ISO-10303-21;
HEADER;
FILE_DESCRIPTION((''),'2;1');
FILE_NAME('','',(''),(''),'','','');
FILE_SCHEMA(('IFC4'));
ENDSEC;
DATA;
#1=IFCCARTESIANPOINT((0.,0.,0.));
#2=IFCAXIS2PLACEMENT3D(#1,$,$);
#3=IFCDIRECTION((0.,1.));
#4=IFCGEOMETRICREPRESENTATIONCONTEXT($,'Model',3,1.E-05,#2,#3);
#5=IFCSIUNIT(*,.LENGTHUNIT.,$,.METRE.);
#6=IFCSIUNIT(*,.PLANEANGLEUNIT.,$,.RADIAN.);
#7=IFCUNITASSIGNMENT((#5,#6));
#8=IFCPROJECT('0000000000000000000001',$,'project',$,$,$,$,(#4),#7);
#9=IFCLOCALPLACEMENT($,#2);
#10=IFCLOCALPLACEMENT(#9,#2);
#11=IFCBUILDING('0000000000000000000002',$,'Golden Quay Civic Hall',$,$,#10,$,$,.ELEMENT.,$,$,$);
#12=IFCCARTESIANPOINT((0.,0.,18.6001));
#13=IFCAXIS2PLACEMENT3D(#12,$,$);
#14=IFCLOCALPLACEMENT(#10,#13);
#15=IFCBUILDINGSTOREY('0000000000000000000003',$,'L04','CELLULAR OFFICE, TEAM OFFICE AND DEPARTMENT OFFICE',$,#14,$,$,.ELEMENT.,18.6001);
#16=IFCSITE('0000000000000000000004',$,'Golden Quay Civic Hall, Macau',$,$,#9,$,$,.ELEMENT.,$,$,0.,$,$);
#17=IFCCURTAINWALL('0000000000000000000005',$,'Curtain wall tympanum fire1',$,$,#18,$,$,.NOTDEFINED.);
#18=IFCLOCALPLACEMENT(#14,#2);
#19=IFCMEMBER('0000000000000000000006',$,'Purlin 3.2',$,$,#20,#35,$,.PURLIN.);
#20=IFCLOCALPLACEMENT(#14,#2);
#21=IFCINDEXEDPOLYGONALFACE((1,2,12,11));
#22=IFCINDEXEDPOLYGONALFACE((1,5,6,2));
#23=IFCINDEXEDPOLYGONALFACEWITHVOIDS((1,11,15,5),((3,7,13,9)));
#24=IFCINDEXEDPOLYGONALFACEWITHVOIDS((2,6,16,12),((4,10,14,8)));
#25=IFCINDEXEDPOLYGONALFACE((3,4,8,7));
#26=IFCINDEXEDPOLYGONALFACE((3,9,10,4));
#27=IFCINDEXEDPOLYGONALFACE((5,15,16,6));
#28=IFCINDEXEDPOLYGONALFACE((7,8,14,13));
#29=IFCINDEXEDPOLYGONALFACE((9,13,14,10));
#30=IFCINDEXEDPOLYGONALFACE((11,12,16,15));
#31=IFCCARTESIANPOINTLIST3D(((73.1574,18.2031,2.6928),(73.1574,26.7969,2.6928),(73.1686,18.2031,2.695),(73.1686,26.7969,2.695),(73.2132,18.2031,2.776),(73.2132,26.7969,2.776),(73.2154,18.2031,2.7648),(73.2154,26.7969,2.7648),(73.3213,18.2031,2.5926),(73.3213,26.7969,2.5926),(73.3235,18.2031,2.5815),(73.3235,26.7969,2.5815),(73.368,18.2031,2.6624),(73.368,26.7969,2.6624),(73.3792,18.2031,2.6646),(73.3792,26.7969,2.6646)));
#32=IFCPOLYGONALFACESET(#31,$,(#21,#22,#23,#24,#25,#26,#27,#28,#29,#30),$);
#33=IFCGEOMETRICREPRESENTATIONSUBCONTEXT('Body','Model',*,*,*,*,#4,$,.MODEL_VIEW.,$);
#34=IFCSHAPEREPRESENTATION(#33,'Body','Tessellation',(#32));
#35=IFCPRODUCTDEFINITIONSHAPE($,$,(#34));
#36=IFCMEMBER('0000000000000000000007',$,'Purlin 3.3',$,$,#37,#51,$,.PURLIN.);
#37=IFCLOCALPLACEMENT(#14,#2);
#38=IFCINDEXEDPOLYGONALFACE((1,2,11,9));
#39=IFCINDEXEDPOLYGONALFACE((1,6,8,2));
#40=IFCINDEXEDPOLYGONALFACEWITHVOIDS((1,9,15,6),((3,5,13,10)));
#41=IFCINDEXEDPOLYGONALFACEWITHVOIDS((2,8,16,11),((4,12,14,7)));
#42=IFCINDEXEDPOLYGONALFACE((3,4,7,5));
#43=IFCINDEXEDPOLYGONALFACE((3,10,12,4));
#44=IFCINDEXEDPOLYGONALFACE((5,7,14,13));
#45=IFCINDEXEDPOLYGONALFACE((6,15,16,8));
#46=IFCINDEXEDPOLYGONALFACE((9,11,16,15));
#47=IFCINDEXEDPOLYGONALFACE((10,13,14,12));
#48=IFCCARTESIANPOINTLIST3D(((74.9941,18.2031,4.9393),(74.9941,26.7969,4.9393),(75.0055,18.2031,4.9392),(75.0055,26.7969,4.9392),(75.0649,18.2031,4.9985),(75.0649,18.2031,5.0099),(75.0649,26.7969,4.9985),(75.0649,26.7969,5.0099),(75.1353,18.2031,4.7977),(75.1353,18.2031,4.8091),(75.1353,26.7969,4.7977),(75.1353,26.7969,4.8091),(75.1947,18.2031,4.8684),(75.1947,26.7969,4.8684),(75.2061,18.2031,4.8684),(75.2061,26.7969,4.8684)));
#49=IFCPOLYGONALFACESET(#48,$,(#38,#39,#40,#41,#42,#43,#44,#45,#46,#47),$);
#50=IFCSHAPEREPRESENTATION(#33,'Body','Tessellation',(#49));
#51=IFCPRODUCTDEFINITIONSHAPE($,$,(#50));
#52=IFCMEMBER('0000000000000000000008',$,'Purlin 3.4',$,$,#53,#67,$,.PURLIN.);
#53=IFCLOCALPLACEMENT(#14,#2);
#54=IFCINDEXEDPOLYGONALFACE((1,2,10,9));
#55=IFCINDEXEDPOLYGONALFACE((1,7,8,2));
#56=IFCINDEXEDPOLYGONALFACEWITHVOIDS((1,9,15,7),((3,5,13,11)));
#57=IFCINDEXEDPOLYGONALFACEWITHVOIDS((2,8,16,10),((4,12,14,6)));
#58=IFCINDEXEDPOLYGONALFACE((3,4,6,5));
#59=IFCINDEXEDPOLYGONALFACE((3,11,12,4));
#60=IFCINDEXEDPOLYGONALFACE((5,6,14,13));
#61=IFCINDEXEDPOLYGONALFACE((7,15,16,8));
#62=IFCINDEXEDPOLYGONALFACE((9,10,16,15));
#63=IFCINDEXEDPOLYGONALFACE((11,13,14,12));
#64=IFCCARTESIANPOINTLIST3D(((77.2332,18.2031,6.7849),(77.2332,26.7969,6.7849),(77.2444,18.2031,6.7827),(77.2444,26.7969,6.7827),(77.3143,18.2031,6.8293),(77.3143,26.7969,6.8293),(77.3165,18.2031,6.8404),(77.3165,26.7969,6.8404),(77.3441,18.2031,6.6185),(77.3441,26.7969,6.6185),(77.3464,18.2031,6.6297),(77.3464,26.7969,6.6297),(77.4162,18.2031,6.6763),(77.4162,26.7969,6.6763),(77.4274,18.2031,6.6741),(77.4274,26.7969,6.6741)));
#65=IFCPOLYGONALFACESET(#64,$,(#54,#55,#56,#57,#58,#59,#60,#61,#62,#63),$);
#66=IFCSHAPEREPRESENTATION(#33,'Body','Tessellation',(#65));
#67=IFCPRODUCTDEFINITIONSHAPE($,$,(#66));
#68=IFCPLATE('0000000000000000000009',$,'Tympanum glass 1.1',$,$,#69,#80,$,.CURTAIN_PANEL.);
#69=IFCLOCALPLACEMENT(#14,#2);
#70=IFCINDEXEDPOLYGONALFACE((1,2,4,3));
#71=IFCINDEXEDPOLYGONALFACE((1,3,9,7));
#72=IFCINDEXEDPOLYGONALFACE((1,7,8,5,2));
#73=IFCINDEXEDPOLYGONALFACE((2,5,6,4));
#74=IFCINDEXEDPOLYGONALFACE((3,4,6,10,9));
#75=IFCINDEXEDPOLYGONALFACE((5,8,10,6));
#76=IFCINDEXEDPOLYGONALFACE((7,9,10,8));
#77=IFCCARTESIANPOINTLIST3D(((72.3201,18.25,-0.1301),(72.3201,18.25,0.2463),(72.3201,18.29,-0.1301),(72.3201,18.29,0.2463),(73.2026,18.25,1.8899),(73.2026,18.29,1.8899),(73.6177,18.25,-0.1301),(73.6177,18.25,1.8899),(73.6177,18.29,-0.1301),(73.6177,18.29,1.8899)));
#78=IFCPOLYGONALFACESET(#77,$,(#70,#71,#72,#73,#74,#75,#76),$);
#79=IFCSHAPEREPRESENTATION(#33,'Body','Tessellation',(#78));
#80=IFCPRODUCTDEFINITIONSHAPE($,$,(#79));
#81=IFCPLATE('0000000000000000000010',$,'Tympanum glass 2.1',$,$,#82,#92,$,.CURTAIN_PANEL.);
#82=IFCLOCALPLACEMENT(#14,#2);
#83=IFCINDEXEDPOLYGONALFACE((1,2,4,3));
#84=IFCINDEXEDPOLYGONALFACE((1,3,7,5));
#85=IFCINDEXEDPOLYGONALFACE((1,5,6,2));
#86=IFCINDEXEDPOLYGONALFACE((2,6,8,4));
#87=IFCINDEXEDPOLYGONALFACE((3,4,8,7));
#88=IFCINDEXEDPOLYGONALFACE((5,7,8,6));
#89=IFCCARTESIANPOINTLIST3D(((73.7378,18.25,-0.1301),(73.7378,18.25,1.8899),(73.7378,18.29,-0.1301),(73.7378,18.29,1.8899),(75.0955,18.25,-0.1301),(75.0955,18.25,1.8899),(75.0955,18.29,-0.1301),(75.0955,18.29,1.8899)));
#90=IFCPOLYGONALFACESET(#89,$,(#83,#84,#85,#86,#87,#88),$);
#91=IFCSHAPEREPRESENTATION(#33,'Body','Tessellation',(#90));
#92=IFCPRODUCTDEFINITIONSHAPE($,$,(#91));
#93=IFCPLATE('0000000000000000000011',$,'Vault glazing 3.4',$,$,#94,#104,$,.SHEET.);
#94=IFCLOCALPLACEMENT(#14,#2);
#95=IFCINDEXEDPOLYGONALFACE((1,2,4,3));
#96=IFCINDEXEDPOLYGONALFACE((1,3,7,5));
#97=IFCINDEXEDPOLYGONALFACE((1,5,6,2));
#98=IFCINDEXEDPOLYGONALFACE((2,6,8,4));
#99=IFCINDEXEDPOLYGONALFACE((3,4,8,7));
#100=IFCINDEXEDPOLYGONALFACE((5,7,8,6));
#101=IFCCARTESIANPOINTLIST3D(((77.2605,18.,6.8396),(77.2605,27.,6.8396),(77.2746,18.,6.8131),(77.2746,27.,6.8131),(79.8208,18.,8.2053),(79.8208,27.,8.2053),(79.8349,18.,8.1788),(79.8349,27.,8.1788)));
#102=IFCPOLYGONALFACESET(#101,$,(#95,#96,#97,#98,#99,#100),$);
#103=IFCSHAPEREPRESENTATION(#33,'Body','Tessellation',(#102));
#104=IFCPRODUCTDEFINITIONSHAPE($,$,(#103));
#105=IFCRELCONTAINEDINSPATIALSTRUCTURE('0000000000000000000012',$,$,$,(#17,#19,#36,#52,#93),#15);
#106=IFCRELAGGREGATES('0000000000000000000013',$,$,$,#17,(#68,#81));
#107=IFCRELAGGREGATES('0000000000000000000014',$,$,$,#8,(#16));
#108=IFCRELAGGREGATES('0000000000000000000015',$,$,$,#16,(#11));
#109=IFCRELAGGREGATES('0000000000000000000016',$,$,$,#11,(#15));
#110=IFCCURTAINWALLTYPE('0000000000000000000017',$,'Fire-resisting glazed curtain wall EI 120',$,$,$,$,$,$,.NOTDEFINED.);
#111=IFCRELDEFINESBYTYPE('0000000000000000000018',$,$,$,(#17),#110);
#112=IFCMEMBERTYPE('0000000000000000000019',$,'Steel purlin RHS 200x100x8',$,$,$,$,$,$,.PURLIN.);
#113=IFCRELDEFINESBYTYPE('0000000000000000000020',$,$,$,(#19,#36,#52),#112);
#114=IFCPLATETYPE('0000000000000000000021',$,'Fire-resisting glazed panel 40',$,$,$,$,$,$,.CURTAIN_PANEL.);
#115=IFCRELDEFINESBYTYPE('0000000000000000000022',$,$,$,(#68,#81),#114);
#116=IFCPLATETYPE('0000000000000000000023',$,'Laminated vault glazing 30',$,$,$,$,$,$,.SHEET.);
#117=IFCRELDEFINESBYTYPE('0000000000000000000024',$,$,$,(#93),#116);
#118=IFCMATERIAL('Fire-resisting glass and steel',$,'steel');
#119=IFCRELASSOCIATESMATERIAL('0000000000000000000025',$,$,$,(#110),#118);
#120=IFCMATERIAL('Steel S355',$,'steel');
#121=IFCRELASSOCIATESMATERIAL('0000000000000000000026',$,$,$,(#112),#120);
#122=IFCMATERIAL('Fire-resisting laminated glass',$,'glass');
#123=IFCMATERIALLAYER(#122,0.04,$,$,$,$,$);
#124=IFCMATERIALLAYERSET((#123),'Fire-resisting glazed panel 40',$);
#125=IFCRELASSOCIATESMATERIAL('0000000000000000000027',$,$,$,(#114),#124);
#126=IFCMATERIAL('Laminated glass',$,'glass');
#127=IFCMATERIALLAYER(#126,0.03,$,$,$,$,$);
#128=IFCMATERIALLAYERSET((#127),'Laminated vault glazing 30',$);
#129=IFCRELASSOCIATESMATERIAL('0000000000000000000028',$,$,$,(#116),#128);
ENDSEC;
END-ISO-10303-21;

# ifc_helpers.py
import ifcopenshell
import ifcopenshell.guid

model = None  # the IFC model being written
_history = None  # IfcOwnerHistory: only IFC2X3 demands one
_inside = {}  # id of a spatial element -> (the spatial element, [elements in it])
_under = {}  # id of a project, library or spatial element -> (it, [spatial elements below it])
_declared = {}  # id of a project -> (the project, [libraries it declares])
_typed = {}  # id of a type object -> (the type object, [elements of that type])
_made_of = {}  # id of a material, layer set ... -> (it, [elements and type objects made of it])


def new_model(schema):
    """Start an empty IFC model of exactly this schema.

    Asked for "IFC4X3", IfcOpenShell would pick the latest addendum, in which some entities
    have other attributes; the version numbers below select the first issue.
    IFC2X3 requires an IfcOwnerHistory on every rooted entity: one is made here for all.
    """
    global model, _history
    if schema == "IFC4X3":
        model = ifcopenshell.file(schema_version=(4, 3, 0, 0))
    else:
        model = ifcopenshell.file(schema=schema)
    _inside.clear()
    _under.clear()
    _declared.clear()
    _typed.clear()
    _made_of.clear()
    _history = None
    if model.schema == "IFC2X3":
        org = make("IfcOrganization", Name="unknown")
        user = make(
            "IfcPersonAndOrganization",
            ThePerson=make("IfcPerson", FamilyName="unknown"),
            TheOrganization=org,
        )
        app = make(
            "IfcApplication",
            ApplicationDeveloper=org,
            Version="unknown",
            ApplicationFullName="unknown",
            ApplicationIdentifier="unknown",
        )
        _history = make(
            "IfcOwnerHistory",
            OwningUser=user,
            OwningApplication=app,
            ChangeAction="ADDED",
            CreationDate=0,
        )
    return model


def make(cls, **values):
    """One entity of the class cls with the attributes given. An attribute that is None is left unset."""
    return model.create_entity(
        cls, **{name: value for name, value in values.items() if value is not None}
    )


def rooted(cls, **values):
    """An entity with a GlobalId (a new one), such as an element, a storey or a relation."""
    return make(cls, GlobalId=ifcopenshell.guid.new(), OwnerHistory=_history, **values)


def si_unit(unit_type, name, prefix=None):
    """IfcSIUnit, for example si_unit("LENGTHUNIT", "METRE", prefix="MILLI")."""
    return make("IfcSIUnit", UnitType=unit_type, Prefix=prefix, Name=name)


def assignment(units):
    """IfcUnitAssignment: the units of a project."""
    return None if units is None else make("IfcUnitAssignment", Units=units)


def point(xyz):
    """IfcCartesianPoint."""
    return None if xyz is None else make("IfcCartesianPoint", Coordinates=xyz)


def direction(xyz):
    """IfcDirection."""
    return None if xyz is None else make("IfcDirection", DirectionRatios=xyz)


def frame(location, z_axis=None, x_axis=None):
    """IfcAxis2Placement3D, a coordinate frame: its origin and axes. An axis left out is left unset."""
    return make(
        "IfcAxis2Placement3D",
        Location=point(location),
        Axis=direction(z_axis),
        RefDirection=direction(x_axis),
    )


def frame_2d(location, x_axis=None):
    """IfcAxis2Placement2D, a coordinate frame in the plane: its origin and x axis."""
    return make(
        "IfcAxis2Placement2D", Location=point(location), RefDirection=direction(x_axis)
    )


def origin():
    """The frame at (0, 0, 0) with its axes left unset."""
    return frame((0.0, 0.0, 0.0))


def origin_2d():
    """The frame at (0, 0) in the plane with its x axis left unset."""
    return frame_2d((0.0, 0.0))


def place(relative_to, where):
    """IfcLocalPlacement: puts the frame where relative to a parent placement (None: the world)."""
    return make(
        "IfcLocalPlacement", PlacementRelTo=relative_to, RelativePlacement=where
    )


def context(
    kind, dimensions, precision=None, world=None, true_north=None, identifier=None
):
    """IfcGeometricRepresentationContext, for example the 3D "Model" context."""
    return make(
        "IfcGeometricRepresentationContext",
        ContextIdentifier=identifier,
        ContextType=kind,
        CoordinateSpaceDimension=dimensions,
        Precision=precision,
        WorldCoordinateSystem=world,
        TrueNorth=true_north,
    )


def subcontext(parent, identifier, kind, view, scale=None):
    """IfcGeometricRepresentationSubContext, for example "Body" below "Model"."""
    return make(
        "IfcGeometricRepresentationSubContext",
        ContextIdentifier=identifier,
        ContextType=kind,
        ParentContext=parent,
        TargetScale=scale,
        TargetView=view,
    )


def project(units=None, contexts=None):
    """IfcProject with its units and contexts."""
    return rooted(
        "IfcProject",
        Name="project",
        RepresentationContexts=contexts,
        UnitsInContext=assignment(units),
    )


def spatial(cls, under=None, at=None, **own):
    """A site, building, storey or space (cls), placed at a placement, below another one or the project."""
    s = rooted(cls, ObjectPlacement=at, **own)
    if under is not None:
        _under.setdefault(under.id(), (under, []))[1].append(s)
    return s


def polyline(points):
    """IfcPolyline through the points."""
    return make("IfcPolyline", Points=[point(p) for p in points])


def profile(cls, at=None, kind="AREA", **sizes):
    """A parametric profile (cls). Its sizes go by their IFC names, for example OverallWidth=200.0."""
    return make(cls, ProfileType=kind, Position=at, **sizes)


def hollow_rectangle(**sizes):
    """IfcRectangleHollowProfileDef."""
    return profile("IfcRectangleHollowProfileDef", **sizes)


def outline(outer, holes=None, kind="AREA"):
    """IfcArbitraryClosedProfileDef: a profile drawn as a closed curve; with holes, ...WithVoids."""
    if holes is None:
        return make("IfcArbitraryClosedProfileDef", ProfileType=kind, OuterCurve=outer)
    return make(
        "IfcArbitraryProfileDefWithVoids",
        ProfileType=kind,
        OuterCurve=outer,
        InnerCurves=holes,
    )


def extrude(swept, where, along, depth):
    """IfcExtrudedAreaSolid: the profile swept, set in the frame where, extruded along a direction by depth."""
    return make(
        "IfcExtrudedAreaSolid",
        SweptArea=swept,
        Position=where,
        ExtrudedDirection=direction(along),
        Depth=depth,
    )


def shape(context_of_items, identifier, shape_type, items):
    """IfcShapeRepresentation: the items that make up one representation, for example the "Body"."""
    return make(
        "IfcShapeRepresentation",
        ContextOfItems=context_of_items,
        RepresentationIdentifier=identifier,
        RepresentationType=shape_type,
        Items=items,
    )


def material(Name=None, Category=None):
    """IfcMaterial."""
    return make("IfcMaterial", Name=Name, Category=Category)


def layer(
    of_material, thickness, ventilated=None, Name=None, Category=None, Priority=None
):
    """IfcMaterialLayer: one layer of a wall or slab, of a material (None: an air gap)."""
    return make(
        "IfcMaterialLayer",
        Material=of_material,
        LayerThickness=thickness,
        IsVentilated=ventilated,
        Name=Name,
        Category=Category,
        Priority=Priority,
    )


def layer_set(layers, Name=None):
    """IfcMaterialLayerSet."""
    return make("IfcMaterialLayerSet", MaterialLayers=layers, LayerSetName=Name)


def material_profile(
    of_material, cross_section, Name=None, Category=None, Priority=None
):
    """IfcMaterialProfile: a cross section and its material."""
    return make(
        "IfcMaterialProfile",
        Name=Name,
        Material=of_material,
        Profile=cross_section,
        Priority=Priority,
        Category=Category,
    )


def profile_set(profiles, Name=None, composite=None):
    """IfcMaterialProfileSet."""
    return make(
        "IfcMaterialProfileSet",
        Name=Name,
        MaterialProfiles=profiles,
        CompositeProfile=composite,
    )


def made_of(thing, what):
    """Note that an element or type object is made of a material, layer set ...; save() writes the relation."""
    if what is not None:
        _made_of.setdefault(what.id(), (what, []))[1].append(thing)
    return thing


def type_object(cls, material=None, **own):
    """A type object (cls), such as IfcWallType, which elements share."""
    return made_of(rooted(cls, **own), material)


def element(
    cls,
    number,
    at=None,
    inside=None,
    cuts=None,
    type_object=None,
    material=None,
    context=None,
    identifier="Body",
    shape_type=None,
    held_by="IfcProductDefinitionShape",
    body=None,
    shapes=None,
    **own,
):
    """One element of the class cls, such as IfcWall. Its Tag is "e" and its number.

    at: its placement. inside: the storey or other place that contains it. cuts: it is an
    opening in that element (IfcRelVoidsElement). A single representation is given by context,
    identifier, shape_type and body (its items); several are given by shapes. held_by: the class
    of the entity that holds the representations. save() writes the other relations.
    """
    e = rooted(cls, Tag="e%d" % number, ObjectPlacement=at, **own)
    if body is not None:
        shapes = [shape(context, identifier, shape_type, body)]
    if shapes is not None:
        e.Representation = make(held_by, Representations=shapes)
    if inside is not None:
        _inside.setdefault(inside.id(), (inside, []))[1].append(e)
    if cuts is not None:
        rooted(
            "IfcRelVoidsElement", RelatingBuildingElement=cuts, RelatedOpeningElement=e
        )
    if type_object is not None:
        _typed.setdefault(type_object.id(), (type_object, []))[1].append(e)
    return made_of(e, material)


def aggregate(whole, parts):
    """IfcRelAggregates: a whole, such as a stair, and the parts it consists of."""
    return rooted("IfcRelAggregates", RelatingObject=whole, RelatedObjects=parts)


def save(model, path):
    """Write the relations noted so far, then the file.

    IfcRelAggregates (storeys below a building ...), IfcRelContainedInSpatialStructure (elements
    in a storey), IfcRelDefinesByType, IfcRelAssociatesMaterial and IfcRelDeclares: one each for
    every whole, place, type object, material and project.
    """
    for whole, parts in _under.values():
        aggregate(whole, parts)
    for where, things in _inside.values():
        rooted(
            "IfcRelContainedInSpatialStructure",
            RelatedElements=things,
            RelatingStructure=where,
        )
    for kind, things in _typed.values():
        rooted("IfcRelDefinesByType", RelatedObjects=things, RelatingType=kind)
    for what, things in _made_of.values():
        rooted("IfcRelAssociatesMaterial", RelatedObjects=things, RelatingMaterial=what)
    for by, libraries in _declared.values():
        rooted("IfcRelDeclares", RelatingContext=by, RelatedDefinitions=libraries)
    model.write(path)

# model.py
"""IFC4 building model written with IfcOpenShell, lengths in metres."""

from ifc_helpers import new_model, si_unit, direction, frame, origin, origin_2d, place, context, subcontext, project, spatial, polyline, hollow_rectangle, outline, extrude, material, layer, layer_set, material_profile, profile_set, type_object, element, aggregate, save


model = new_model("IFC4")

# Units and contexts
model_context = context("Model", 3, precision=1e-05, world=origin(), true_north=direction((0.0, 1.0)))
body_context = subcontext(model_context, "Body", "Model", "MODEL_VIEW")
ifc_project = project(units=[si_unit("LENGTHUNIT", "METRE"), si_unit("PLANEANGLEUNIT", "RADIAN")], contexts=[model_context])

# Site, building, storey
site_placement = place(None, origin())
site = spatial("IfcSite", under=ifc_project, at=site_placement, Name="Golden Quay Civic Hall, Macau", CompositionType="ELEMENT", RefElevation=0.0)
building_placement = place(site_placement, origin())
building = spatial("IfcBuilding", under=site, at=building_placement, Name="Golden Quay Civic Hall", CompositionType="ELEMENT")
storey_placement = place(building_placement, frame((0.0, 0.0, 18.6001)))
storey = spatial("IfcBuildingStorey", under=building, at=storey_placement, Name="L04", Description="CELLULAR OFFICE, TEAM OFFICE AND DEPARTMENT OFFICE", CompositionType="ELEMENT", Elevation=18.6001)

# Curtain wall
ifc_material_1 = material(Name="Fire-resisting glass and steel", Category="steel")
curtain_wall_type = type_object("IfcCurtainWallType", Name="Fire-resisting glazed curtain wall EI 120", PredefinedType="NOTDEFINED", material=ifc_material_1)
curtain_wall_placement = place(storey_placement, origin())
curtain_wall = element("IfcCurtainWall", 1, at=curtain_wall_placement, inside=storey, type_object=curtain_wall_type, Name="Curtain wall tympanum fire1", PredefinedType="NOTDEFINED")

# Members
ifc_material_2 = material(Name="Steel S355", Category="steel")
ifc_material_profile_1 = material_profile(ifc_material_2, hollow_rectangle(XDim=0.1001, YDim=0.2, WallThickness=0.0081, at=origin_2d()), Name="RHS 200x100x8")
ifc_profile_set_1 = profile_set([ifc_material_profile_1], Name="Steel S355")
member_type_1 = type_object("IfcMemberType", Name="Steel purlin RHS 200x100x8", PredefinedType="PURLIN", material=ifc_profile_set_1)
for number, where, z_axis, x_axis, name in (
    (2, (73.2683, 18.2031, 2.6787), (0.0, 1.0, 0.0), (-0.557019, 0.0, -0.8305), "Purlin 3.2"),
    (3, (75.1001, 18.2031, 4.9038), (0.0, 1.0, 0.0), (-0.708092, 0.0, -0.70612), "Purlin 3.3"),
    (4, (77.3303, 18.2031, 6.7295), (0.0, 1.0, 0.0), (-0.83205, 0.0, -0.5547), "Purlin 3.4"),
):
    element("IfcMember", number, at=place(storey_placement, frame(where, z_axis=z_axis, x_axis=x_axis)), inside=storey, type_object=member_type_1, Name=name, PredefinedType="PURLIN", context=body_context, shape_type="SweptSolid", body=[
        extrude(hollow_rectangle(XDim=0.1001, YDim=0.2, WallThickness=0.0081, at=origin_2d()), origin(), (0.0, 0.0, 1.0), 8.5938),
    ])

# Plates
ifc_material_3 = material(Name="Fire-resisting laminated glass", Category="glass")
ifc_layer_1 = layer(ifc_material_3, 0.04)
ifc_layer_set_1 = layer_set([ifc_layer_1], Name="Fire-resisting glazed panel 40")
plate_type_1 = type_object("IfcPlateType", Name="Fire-resisting glazed panel 40", PredefinedType="CURTAIN_PANEL", material=ifc_layer_set_1)
plate_1_placement = place(storey_placement, frame((73.6177, 18.29, -0.1301), z_axis=(0.0, 1.0, 0.0), x_axis=(-1.0, 0.0, 0.0)))
plate_1 = element("IfcPlate", 5, at=plate_1_placement, type_object=plate_type_1, Name="Tympanum glass 1.1", PredefinedType="CURTAIN_PANEL", context=body_context, shape_type="SweptSolid", body=[
    extrude(outline(polyline([(0.0, 0.0), (1.2976, 0.0), (1.2976, 0.3765), (0.415, 2.02), (0.0, 2.02), (0.0, 0.0)])), origin(), (0.0, 0.0, -1.0), 0.04),
])
plate_2_placement = place(storey_placement, frame((75.0955, 18.29, -0.1301), z_axis=(0.0, 1.0, 0.0), x_axis=(-1.0, 0.0, 0.0)))
plate_2 = element("IfcPlate", 6, at=plate_2_placement, type_object=plate_type_1, Name="Tympanum glass 2.1", PredefinedType="CURTAIN_PANEL", context=body_context, shape_type="SweptSolid", body=[
    extrude(outline(polyline([(0.0, 0.0), (1.3577, 0.0), (1.3577, 2.02), (0.0, 2.02), (0.0, 0.0)])), origin(), (0.0, 0.0, -1.0), 0.04),
])
aggregate(curtain_wall, [plate_1, plate_2])
ifc_material_4 = material(Name="Laminated glass", Category="glass")
ifc_layer_2 = layer(ifc_material_4, 0.03)
ifc_layer_set_2 = layer_set([ifc_layer_2], Name="Laminated vault glazing 30")
plate_type_2 = type_object("IfcPlateType", Name="Laminated vault glazing 30", PredefinedType="SHEET", material=ifc_layer_set_2)
plate_3_placement = place(storey_placement, frame((77.2605, 18.0, 6.8396), z_axis=(-0.470649, 0.0, 0.88232), x_axis=(0.88232, 0.0, 0.470649)))
element("IfcPlate", 7, at=plate_3_placement, inside=storey, type_object=plate_type_2, Name="Vault glazing 3.4", PredefinedType="SHEET", context=body_context, shape_type="SweptSolid", body=[
    extrude(outline(polyline([(0.0, 0.0), (2.9018, 0.0), (2.9018, 9.0), (0.0, 9.0), (0.0, 0.0)])), origin(), (0.0, 0.0, -1.0), 0.03),
])

save(model, "model.ifc")
